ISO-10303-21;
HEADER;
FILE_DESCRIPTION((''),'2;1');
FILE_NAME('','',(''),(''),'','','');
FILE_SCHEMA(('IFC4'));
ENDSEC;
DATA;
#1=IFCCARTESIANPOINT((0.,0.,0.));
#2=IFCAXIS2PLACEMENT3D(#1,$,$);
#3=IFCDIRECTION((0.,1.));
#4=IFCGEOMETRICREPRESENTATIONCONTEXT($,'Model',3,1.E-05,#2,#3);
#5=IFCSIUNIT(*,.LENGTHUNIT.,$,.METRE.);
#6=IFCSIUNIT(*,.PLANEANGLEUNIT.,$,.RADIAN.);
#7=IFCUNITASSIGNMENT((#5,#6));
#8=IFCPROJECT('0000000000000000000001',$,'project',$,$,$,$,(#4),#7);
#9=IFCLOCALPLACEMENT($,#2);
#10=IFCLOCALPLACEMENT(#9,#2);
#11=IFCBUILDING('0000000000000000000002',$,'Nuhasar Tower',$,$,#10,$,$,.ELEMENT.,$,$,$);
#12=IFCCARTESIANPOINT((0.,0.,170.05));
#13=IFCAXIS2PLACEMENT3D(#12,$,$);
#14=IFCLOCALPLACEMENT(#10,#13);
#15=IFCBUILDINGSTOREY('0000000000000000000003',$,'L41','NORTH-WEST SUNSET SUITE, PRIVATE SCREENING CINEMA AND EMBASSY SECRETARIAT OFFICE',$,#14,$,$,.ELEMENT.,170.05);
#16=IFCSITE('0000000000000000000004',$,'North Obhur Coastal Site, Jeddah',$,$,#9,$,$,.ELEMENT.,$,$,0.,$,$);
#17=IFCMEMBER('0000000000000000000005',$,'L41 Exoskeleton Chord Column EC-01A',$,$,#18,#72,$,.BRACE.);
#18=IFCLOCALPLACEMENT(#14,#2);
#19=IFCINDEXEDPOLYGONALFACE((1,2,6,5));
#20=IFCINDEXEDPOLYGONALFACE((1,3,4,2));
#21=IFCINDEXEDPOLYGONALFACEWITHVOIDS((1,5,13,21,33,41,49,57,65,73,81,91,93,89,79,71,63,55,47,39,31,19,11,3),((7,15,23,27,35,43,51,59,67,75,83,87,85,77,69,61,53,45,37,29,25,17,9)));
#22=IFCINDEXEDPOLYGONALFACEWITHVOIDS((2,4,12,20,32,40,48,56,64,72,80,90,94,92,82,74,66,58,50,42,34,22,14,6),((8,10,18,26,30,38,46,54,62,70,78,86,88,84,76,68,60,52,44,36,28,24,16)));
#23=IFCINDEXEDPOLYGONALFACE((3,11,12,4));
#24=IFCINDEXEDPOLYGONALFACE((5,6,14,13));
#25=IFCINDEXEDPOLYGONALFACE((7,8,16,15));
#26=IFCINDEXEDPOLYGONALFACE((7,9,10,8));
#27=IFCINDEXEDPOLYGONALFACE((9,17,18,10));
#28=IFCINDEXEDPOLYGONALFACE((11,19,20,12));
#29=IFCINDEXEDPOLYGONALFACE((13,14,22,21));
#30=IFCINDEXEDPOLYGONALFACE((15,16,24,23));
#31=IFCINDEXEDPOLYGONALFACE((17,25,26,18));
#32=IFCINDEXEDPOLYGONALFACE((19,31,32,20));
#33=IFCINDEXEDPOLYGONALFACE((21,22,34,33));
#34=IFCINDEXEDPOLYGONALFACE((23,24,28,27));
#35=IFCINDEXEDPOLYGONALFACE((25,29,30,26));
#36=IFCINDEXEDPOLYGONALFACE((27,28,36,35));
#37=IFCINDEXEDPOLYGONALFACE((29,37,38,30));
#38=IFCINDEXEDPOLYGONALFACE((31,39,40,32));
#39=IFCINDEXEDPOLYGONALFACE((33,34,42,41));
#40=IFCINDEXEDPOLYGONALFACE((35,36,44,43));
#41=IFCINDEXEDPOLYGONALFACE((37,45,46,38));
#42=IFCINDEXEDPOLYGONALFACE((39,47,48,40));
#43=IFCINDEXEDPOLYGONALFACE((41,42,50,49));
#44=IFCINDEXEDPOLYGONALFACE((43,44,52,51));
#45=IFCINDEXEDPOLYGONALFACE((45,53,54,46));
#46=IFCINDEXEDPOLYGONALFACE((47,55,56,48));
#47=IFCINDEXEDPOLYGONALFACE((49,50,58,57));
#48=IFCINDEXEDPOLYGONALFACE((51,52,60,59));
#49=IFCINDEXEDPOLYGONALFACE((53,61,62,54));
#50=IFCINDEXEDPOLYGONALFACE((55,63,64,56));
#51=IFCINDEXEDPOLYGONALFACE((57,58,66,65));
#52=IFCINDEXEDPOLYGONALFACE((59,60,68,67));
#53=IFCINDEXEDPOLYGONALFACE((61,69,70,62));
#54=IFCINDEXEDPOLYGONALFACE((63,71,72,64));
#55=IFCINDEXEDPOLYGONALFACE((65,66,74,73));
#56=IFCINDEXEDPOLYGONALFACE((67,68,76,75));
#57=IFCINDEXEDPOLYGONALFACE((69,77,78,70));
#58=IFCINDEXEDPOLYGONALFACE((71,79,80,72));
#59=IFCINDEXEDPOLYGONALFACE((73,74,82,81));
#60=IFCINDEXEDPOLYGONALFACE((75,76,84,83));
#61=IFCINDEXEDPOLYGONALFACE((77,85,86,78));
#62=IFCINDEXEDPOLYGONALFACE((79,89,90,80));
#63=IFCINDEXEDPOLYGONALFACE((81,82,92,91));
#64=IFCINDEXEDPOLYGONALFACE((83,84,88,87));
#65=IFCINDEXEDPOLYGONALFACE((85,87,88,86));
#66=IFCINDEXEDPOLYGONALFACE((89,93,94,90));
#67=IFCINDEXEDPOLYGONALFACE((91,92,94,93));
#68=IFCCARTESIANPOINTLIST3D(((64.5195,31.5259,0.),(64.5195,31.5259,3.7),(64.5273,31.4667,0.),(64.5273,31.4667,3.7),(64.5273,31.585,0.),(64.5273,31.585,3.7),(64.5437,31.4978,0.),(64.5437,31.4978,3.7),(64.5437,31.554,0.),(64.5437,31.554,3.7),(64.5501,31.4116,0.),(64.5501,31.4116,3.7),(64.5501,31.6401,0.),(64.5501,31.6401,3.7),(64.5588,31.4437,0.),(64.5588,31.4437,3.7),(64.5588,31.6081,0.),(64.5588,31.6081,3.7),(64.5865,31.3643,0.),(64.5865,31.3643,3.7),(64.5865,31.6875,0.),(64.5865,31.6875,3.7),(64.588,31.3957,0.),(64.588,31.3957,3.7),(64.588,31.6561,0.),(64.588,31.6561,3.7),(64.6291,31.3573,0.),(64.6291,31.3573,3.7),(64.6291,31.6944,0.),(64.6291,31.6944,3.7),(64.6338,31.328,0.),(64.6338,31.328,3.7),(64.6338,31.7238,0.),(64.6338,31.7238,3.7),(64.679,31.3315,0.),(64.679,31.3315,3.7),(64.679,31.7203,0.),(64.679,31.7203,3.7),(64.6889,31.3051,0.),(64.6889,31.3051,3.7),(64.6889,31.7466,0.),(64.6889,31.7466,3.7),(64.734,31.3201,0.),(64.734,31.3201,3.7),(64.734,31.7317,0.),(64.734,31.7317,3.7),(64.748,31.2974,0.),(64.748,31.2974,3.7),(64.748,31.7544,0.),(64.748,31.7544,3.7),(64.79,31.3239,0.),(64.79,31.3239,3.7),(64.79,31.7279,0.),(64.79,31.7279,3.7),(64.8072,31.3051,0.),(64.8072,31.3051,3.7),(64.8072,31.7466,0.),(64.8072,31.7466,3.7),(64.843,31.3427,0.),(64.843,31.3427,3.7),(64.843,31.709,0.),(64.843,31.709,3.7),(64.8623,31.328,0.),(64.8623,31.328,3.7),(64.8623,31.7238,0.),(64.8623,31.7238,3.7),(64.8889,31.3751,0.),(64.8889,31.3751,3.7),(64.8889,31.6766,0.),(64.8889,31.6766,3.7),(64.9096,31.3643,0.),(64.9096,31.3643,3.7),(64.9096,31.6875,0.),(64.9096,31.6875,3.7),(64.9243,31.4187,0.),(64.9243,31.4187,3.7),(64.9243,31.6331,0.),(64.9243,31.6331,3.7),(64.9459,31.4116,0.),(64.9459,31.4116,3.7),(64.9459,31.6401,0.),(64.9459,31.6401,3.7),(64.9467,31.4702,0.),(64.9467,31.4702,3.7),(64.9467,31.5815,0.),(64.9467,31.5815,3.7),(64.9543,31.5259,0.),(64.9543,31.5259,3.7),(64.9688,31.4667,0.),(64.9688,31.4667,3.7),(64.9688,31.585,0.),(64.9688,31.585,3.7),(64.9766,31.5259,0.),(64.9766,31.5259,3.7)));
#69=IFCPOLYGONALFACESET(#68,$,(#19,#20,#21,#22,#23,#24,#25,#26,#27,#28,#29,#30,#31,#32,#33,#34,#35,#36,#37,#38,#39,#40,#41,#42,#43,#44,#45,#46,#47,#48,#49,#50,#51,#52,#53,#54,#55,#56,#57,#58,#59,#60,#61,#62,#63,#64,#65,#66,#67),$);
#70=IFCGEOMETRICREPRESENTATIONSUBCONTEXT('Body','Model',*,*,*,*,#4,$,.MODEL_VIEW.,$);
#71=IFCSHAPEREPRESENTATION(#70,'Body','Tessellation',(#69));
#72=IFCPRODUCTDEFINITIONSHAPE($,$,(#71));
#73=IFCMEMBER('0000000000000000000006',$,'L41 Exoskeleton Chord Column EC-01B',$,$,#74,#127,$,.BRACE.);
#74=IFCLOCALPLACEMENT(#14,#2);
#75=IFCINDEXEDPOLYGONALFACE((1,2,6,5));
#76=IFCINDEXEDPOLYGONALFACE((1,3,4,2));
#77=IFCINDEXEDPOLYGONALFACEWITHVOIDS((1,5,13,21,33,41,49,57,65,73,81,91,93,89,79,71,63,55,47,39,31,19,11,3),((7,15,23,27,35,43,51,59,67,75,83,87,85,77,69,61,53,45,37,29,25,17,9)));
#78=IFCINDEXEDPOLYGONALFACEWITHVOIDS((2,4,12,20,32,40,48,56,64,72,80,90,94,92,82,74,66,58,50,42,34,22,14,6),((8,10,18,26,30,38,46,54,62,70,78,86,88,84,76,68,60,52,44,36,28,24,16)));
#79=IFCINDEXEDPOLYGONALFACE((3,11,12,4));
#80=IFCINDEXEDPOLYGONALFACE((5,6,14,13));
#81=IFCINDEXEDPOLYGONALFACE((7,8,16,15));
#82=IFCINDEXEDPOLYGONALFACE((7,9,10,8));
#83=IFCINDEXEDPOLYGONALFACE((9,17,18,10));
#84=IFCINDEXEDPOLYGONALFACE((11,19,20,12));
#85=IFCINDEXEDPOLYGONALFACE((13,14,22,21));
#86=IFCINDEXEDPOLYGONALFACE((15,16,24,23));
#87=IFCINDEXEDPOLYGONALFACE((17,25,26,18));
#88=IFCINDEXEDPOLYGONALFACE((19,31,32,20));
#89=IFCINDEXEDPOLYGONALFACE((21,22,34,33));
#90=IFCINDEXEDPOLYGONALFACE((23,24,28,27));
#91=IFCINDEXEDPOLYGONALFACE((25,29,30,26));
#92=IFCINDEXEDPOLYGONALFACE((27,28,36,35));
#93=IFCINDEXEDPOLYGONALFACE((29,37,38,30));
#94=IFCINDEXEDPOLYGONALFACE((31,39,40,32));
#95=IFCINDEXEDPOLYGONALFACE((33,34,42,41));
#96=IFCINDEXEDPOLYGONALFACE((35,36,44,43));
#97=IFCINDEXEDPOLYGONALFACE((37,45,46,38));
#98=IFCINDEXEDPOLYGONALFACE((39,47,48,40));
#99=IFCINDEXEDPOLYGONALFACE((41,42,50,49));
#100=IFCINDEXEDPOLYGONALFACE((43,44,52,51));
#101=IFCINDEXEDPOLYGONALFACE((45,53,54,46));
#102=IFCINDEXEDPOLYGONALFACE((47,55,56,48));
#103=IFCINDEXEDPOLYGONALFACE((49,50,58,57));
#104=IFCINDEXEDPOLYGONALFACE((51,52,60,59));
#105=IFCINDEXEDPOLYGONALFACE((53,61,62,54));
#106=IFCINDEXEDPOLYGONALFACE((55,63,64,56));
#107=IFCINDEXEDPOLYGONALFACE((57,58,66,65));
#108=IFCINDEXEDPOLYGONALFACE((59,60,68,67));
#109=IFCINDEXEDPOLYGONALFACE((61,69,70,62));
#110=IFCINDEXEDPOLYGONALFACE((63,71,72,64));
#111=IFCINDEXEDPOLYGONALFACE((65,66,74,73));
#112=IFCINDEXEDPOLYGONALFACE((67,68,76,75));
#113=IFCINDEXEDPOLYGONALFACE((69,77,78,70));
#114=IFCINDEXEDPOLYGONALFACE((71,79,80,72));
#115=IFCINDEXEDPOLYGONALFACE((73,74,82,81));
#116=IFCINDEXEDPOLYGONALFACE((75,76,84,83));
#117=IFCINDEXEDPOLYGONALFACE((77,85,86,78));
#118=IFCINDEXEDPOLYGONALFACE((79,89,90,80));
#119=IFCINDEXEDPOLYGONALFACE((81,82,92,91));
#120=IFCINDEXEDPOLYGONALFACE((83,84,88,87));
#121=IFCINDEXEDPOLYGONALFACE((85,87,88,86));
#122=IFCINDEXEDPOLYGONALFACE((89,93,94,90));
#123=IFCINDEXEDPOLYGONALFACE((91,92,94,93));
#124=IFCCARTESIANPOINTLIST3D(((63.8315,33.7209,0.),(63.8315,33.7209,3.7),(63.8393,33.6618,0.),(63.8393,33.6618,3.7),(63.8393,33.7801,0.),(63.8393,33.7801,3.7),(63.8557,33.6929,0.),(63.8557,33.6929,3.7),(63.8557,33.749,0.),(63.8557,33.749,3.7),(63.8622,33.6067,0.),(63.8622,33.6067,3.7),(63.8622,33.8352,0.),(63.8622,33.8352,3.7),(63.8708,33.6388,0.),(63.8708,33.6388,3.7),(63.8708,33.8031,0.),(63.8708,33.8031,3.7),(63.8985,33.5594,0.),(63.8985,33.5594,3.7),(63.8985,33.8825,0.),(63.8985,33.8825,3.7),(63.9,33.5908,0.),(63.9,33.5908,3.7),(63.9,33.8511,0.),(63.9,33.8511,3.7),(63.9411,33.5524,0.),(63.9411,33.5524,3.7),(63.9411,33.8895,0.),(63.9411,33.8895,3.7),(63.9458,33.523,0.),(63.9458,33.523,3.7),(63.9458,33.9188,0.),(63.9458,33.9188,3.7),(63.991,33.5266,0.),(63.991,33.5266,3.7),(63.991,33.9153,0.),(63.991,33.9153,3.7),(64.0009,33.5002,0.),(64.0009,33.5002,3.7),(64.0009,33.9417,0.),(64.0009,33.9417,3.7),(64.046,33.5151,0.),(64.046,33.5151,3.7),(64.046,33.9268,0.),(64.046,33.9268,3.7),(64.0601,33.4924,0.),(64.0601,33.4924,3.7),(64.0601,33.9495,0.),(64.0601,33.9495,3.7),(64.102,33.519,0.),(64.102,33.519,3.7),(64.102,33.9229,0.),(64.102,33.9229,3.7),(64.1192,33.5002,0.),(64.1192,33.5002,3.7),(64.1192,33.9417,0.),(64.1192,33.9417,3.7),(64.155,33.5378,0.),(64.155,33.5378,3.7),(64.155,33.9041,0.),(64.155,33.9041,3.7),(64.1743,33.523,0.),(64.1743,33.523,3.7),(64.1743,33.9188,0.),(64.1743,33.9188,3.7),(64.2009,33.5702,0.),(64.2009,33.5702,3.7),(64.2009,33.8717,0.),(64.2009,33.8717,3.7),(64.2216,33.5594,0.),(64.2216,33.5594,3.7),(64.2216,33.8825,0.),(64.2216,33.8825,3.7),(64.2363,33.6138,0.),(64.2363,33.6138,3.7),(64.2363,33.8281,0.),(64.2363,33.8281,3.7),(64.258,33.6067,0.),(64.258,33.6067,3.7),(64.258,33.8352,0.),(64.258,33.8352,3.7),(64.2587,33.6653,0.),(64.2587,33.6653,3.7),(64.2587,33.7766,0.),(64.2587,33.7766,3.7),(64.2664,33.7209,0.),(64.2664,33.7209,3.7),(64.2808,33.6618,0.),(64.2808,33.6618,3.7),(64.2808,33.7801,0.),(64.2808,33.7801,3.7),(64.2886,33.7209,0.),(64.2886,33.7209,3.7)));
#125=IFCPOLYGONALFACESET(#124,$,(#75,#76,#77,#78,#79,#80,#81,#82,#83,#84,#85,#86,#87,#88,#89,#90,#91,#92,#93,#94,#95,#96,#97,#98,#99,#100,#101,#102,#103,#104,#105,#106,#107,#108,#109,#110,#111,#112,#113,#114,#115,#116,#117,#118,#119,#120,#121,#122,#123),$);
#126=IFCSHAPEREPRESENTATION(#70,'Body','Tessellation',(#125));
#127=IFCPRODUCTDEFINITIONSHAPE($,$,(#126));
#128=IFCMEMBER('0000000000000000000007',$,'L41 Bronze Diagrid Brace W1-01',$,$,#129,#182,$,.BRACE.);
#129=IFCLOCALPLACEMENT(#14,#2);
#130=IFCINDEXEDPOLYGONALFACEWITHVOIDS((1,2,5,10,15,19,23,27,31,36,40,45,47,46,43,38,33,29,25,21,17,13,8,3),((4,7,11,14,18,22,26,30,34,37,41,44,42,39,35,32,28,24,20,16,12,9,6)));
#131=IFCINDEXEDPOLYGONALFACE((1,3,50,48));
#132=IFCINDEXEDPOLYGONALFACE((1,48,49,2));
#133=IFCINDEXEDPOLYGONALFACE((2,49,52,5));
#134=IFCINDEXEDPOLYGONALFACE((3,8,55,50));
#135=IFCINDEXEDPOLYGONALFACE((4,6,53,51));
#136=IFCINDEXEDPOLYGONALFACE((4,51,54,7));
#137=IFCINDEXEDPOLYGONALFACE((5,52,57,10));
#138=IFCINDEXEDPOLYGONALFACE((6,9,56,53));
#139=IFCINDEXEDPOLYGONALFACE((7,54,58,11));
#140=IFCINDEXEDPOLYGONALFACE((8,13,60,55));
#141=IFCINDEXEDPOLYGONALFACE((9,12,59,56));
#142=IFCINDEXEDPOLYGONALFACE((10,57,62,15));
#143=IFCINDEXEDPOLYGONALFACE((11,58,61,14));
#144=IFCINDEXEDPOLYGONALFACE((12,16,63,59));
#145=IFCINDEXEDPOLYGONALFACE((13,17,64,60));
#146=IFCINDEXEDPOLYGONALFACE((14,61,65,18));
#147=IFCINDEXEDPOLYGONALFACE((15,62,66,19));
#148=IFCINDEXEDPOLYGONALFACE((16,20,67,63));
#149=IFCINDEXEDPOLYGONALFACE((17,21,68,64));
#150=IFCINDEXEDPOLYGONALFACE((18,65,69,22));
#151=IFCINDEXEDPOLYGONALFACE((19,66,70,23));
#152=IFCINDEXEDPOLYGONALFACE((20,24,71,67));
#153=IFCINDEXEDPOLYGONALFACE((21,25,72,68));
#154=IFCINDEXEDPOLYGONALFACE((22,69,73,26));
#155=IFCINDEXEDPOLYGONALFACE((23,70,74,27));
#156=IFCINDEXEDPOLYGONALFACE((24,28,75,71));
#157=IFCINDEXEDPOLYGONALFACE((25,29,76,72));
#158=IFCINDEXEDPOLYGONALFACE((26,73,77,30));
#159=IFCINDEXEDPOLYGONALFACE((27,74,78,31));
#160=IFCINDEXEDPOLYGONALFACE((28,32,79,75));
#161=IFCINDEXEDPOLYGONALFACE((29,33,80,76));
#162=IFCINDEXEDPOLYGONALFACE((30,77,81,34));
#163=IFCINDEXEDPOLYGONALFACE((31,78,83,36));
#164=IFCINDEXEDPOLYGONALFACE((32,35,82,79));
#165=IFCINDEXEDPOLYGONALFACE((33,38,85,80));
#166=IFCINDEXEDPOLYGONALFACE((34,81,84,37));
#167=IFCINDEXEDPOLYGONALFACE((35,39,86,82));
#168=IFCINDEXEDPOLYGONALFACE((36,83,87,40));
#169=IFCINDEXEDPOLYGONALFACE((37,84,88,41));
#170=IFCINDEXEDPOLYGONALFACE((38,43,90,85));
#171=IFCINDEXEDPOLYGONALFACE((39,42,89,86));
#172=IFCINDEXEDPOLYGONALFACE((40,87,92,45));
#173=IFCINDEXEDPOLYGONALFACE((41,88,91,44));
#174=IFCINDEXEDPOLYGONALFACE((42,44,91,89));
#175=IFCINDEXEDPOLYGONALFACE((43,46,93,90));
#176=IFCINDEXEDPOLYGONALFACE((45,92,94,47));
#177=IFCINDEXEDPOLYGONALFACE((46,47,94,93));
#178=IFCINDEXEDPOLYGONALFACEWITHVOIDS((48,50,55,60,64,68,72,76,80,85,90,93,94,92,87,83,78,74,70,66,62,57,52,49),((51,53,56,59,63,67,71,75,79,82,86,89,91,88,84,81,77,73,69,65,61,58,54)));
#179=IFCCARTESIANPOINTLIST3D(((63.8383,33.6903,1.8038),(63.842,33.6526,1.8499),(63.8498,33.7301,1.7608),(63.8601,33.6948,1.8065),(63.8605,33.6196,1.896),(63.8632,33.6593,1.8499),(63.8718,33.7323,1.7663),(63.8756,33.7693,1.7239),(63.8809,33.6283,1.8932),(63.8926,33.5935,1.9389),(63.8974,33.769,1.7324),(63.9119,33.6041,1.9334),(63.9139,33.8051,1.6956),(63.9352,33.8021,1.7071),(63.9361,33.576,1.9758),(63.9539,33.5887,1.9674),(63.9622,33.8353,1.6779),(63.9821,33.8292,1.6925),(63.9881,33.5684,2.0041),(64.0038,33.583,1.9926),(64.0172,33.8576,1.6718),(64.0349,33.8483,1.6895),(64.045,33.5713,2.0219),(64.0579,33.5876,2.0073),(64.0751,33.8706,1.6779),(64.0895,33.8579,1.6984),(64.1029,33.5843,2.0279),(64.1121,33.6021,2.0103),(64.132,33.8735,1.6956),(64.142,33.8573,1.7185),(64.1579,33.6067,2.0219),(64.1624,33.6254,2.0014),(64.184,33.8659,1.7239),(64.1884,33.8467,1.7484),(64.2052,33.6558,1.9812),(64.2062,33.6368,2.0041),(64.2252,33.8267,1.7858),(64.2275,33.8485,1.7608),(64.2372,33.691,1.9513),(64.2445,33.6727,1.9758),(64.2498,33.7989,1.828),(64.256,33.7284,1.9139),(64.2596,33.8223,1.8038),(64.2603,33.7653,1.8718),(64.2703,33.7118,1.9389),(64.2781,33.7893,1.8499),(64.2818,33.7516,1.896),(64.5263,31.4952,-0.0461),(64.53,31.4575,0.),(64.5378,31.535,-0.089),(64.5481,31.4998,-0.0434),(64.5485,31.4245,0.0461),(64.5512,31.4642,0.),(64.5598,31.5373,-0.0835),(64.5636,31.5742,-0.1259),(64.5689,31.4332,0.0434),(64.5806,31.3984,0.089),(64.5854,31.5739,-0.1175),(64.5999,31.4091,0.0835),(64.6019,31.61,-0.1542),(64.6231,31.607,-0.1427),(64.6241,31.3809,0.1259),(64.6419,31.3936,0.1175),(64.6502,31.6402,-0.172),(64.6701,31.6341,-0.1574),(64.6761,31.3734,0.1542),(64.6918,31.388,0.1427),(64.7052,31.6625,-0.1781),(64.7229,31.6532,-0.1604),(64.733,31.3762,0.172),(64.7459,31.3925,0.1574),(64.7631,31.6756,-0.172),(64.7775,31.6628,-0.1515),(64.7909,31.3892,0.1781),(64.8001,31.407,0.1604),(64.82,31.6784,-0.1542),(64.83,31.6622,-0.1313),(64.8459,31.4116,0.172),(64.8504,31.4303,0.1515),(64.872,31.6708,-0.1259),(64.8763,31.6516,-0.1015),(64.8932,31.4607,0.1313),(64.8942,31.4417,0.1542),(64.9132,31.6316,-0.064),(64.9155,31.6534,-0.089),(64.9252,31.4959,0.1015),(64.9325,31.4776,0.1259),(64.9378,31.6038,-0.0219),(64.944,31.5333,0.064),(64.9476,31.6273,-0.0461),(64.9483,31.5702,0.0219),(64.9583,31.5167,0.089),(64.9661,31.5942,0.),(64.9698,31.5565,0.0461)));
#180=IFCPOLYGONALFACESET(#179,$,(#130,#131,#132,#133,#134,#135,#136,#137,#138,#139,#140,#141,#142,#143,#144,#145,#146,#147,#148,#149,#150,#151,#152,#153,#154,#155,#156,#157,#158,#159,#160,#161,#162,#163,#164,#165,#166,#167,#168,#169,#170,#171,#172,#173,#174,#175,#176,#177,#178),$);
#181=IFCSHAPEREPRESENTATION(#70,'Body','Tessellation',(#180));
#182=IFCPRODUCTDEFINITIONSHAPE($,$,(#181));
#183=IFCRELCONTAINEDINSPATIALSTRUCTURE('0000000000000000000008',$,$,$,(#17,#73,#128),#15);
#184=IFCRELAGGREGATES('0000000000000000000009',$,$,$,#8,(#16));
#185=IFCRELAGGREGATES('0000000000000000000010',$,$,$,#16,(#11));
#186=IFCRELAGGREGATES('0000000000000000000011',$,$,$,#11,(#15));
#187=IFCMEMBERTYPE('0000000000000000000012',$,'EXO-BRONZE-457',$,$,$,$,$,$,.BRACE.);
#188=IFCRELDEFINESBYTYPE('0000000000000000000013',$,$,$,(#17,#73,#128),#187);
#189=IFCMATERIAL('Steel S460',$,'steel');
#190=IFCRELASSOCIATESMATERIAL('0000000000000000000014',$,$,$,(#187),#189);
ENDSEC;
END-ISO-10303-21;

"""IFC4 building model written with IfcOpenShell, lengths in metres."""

from ifc_helpers import new_model, si_unit, direction, frame, origin, origin_2d, place, context, subcontext, project, spatial, hollow_circle, extrude, material, material_profile, profile_set, type_object, element, save


model = new_model("IFC4")

# Units and contexts
model_context = context("Model", 3, precision=1e-05, world=origin(), true_north=direction((0.0, 1.0)))
body_context = subcontext(model_context, "Body", "Model", "MODEL_VIEW")
ifc_project = project(units=[si_unit("LENGTHUNIT", "METRE"), si_unit("PLANEANGLEUNIT", "RADIAN")], contexts=[model_context])

# Site, building, storey
site_placement = place(None, origin())
site = spatial("IfcSite", under=ifc_project, at=site_placement, Name="North Obhur Coastal Site, Jeddah", CompositionType="ELEMENT", RefElevation=0.0)
building_placement = place(site_placement, origin())
building = spatial("IfcBuilding", under=site, at=building_placement, Name="Nuhasar Tower", CompositionType="ELEMENT")
storey_placement = place(building_placement, frame((0.0, 0.0, 170.05)))
storey = spatial("IfcBuildingStorey", under=building, at=storey_placement, Name="L41", Description="NORTH-WEST SUNSET SUITE, PRIVATE SCREENING CINEMA AND EMBASSY SECRETARIAT OFFICE", CompositionType="ELEMENT", Elevation=170.05)

# Members
ifc_material_1 = material(Name="Steel S460", Category="steel")
ifc_material_profile_1 = material_profile(ifc_material_1, hollow_circle(Radius=0.2285, WallThickness=0.0222, at=origin_2d()), Name="HSS457X22.2")
ifc_profile_set_1 = profile_set([ifc_material_profile_1], Name="Steel S460")
member_type_1 = type_object("IfcMemberType", Name="EXO-BRONZE-457", PredefinedType="BRACE", material=ifc_profile_set_1)
for number, where, z_axis, x_axis, name in (
    (1, (64.748, 31.5259, 0.0), (0.0, 0.0, 1.0), (1.0, 0.0, 0.0), "L41 Exoskeleton Chord Column EC-01A"),
    (2, (64.0601, 33.7209, 0.0), (0.0, 0.0, 1.0), (1.0, 0.0, 0.0), "L41 Exoskeleton Chord Column EC-01B"),
):
    element("IfcMember", number, at=place(storey_placement, frame(where, z_axis=z_axis, x_axis=x_axis)), inside=storey, type_object=member_type_1, Name=name, PredefinedType="BRACE", context=body_context, shape_type="SweptSolid", body=[
        extrude(hollow_circle(Radius=0.2285, WallThickness=0.0222, at=origin_2d()), origin(), (0.0, 0.0, 1.0), 3.7),
    ])
member_1_placement = place(storey_placement, frame((64.748, 31.5259, 0.0), z_axis=(-0.233068, 0.743616, 0.626669), x_axis=(-0.954228, -0.299079, 0.0)))
element("IfcMember", 3, at=member_1_placement, inside=storey, type_object=member_type_1, Name="L41 Bronze Diagrid Brace W1-01", PredefinedType="BRACE", context=body_context, shape_type="SweptSolid", body=[
    extrude(hollow_circle(Radius=0.2285, WallThickness=0.0222, at=origin_2d()), origin(), (0.0, 0.0, 1.0), 2.9519),
])

save(model, "model.ifc")
